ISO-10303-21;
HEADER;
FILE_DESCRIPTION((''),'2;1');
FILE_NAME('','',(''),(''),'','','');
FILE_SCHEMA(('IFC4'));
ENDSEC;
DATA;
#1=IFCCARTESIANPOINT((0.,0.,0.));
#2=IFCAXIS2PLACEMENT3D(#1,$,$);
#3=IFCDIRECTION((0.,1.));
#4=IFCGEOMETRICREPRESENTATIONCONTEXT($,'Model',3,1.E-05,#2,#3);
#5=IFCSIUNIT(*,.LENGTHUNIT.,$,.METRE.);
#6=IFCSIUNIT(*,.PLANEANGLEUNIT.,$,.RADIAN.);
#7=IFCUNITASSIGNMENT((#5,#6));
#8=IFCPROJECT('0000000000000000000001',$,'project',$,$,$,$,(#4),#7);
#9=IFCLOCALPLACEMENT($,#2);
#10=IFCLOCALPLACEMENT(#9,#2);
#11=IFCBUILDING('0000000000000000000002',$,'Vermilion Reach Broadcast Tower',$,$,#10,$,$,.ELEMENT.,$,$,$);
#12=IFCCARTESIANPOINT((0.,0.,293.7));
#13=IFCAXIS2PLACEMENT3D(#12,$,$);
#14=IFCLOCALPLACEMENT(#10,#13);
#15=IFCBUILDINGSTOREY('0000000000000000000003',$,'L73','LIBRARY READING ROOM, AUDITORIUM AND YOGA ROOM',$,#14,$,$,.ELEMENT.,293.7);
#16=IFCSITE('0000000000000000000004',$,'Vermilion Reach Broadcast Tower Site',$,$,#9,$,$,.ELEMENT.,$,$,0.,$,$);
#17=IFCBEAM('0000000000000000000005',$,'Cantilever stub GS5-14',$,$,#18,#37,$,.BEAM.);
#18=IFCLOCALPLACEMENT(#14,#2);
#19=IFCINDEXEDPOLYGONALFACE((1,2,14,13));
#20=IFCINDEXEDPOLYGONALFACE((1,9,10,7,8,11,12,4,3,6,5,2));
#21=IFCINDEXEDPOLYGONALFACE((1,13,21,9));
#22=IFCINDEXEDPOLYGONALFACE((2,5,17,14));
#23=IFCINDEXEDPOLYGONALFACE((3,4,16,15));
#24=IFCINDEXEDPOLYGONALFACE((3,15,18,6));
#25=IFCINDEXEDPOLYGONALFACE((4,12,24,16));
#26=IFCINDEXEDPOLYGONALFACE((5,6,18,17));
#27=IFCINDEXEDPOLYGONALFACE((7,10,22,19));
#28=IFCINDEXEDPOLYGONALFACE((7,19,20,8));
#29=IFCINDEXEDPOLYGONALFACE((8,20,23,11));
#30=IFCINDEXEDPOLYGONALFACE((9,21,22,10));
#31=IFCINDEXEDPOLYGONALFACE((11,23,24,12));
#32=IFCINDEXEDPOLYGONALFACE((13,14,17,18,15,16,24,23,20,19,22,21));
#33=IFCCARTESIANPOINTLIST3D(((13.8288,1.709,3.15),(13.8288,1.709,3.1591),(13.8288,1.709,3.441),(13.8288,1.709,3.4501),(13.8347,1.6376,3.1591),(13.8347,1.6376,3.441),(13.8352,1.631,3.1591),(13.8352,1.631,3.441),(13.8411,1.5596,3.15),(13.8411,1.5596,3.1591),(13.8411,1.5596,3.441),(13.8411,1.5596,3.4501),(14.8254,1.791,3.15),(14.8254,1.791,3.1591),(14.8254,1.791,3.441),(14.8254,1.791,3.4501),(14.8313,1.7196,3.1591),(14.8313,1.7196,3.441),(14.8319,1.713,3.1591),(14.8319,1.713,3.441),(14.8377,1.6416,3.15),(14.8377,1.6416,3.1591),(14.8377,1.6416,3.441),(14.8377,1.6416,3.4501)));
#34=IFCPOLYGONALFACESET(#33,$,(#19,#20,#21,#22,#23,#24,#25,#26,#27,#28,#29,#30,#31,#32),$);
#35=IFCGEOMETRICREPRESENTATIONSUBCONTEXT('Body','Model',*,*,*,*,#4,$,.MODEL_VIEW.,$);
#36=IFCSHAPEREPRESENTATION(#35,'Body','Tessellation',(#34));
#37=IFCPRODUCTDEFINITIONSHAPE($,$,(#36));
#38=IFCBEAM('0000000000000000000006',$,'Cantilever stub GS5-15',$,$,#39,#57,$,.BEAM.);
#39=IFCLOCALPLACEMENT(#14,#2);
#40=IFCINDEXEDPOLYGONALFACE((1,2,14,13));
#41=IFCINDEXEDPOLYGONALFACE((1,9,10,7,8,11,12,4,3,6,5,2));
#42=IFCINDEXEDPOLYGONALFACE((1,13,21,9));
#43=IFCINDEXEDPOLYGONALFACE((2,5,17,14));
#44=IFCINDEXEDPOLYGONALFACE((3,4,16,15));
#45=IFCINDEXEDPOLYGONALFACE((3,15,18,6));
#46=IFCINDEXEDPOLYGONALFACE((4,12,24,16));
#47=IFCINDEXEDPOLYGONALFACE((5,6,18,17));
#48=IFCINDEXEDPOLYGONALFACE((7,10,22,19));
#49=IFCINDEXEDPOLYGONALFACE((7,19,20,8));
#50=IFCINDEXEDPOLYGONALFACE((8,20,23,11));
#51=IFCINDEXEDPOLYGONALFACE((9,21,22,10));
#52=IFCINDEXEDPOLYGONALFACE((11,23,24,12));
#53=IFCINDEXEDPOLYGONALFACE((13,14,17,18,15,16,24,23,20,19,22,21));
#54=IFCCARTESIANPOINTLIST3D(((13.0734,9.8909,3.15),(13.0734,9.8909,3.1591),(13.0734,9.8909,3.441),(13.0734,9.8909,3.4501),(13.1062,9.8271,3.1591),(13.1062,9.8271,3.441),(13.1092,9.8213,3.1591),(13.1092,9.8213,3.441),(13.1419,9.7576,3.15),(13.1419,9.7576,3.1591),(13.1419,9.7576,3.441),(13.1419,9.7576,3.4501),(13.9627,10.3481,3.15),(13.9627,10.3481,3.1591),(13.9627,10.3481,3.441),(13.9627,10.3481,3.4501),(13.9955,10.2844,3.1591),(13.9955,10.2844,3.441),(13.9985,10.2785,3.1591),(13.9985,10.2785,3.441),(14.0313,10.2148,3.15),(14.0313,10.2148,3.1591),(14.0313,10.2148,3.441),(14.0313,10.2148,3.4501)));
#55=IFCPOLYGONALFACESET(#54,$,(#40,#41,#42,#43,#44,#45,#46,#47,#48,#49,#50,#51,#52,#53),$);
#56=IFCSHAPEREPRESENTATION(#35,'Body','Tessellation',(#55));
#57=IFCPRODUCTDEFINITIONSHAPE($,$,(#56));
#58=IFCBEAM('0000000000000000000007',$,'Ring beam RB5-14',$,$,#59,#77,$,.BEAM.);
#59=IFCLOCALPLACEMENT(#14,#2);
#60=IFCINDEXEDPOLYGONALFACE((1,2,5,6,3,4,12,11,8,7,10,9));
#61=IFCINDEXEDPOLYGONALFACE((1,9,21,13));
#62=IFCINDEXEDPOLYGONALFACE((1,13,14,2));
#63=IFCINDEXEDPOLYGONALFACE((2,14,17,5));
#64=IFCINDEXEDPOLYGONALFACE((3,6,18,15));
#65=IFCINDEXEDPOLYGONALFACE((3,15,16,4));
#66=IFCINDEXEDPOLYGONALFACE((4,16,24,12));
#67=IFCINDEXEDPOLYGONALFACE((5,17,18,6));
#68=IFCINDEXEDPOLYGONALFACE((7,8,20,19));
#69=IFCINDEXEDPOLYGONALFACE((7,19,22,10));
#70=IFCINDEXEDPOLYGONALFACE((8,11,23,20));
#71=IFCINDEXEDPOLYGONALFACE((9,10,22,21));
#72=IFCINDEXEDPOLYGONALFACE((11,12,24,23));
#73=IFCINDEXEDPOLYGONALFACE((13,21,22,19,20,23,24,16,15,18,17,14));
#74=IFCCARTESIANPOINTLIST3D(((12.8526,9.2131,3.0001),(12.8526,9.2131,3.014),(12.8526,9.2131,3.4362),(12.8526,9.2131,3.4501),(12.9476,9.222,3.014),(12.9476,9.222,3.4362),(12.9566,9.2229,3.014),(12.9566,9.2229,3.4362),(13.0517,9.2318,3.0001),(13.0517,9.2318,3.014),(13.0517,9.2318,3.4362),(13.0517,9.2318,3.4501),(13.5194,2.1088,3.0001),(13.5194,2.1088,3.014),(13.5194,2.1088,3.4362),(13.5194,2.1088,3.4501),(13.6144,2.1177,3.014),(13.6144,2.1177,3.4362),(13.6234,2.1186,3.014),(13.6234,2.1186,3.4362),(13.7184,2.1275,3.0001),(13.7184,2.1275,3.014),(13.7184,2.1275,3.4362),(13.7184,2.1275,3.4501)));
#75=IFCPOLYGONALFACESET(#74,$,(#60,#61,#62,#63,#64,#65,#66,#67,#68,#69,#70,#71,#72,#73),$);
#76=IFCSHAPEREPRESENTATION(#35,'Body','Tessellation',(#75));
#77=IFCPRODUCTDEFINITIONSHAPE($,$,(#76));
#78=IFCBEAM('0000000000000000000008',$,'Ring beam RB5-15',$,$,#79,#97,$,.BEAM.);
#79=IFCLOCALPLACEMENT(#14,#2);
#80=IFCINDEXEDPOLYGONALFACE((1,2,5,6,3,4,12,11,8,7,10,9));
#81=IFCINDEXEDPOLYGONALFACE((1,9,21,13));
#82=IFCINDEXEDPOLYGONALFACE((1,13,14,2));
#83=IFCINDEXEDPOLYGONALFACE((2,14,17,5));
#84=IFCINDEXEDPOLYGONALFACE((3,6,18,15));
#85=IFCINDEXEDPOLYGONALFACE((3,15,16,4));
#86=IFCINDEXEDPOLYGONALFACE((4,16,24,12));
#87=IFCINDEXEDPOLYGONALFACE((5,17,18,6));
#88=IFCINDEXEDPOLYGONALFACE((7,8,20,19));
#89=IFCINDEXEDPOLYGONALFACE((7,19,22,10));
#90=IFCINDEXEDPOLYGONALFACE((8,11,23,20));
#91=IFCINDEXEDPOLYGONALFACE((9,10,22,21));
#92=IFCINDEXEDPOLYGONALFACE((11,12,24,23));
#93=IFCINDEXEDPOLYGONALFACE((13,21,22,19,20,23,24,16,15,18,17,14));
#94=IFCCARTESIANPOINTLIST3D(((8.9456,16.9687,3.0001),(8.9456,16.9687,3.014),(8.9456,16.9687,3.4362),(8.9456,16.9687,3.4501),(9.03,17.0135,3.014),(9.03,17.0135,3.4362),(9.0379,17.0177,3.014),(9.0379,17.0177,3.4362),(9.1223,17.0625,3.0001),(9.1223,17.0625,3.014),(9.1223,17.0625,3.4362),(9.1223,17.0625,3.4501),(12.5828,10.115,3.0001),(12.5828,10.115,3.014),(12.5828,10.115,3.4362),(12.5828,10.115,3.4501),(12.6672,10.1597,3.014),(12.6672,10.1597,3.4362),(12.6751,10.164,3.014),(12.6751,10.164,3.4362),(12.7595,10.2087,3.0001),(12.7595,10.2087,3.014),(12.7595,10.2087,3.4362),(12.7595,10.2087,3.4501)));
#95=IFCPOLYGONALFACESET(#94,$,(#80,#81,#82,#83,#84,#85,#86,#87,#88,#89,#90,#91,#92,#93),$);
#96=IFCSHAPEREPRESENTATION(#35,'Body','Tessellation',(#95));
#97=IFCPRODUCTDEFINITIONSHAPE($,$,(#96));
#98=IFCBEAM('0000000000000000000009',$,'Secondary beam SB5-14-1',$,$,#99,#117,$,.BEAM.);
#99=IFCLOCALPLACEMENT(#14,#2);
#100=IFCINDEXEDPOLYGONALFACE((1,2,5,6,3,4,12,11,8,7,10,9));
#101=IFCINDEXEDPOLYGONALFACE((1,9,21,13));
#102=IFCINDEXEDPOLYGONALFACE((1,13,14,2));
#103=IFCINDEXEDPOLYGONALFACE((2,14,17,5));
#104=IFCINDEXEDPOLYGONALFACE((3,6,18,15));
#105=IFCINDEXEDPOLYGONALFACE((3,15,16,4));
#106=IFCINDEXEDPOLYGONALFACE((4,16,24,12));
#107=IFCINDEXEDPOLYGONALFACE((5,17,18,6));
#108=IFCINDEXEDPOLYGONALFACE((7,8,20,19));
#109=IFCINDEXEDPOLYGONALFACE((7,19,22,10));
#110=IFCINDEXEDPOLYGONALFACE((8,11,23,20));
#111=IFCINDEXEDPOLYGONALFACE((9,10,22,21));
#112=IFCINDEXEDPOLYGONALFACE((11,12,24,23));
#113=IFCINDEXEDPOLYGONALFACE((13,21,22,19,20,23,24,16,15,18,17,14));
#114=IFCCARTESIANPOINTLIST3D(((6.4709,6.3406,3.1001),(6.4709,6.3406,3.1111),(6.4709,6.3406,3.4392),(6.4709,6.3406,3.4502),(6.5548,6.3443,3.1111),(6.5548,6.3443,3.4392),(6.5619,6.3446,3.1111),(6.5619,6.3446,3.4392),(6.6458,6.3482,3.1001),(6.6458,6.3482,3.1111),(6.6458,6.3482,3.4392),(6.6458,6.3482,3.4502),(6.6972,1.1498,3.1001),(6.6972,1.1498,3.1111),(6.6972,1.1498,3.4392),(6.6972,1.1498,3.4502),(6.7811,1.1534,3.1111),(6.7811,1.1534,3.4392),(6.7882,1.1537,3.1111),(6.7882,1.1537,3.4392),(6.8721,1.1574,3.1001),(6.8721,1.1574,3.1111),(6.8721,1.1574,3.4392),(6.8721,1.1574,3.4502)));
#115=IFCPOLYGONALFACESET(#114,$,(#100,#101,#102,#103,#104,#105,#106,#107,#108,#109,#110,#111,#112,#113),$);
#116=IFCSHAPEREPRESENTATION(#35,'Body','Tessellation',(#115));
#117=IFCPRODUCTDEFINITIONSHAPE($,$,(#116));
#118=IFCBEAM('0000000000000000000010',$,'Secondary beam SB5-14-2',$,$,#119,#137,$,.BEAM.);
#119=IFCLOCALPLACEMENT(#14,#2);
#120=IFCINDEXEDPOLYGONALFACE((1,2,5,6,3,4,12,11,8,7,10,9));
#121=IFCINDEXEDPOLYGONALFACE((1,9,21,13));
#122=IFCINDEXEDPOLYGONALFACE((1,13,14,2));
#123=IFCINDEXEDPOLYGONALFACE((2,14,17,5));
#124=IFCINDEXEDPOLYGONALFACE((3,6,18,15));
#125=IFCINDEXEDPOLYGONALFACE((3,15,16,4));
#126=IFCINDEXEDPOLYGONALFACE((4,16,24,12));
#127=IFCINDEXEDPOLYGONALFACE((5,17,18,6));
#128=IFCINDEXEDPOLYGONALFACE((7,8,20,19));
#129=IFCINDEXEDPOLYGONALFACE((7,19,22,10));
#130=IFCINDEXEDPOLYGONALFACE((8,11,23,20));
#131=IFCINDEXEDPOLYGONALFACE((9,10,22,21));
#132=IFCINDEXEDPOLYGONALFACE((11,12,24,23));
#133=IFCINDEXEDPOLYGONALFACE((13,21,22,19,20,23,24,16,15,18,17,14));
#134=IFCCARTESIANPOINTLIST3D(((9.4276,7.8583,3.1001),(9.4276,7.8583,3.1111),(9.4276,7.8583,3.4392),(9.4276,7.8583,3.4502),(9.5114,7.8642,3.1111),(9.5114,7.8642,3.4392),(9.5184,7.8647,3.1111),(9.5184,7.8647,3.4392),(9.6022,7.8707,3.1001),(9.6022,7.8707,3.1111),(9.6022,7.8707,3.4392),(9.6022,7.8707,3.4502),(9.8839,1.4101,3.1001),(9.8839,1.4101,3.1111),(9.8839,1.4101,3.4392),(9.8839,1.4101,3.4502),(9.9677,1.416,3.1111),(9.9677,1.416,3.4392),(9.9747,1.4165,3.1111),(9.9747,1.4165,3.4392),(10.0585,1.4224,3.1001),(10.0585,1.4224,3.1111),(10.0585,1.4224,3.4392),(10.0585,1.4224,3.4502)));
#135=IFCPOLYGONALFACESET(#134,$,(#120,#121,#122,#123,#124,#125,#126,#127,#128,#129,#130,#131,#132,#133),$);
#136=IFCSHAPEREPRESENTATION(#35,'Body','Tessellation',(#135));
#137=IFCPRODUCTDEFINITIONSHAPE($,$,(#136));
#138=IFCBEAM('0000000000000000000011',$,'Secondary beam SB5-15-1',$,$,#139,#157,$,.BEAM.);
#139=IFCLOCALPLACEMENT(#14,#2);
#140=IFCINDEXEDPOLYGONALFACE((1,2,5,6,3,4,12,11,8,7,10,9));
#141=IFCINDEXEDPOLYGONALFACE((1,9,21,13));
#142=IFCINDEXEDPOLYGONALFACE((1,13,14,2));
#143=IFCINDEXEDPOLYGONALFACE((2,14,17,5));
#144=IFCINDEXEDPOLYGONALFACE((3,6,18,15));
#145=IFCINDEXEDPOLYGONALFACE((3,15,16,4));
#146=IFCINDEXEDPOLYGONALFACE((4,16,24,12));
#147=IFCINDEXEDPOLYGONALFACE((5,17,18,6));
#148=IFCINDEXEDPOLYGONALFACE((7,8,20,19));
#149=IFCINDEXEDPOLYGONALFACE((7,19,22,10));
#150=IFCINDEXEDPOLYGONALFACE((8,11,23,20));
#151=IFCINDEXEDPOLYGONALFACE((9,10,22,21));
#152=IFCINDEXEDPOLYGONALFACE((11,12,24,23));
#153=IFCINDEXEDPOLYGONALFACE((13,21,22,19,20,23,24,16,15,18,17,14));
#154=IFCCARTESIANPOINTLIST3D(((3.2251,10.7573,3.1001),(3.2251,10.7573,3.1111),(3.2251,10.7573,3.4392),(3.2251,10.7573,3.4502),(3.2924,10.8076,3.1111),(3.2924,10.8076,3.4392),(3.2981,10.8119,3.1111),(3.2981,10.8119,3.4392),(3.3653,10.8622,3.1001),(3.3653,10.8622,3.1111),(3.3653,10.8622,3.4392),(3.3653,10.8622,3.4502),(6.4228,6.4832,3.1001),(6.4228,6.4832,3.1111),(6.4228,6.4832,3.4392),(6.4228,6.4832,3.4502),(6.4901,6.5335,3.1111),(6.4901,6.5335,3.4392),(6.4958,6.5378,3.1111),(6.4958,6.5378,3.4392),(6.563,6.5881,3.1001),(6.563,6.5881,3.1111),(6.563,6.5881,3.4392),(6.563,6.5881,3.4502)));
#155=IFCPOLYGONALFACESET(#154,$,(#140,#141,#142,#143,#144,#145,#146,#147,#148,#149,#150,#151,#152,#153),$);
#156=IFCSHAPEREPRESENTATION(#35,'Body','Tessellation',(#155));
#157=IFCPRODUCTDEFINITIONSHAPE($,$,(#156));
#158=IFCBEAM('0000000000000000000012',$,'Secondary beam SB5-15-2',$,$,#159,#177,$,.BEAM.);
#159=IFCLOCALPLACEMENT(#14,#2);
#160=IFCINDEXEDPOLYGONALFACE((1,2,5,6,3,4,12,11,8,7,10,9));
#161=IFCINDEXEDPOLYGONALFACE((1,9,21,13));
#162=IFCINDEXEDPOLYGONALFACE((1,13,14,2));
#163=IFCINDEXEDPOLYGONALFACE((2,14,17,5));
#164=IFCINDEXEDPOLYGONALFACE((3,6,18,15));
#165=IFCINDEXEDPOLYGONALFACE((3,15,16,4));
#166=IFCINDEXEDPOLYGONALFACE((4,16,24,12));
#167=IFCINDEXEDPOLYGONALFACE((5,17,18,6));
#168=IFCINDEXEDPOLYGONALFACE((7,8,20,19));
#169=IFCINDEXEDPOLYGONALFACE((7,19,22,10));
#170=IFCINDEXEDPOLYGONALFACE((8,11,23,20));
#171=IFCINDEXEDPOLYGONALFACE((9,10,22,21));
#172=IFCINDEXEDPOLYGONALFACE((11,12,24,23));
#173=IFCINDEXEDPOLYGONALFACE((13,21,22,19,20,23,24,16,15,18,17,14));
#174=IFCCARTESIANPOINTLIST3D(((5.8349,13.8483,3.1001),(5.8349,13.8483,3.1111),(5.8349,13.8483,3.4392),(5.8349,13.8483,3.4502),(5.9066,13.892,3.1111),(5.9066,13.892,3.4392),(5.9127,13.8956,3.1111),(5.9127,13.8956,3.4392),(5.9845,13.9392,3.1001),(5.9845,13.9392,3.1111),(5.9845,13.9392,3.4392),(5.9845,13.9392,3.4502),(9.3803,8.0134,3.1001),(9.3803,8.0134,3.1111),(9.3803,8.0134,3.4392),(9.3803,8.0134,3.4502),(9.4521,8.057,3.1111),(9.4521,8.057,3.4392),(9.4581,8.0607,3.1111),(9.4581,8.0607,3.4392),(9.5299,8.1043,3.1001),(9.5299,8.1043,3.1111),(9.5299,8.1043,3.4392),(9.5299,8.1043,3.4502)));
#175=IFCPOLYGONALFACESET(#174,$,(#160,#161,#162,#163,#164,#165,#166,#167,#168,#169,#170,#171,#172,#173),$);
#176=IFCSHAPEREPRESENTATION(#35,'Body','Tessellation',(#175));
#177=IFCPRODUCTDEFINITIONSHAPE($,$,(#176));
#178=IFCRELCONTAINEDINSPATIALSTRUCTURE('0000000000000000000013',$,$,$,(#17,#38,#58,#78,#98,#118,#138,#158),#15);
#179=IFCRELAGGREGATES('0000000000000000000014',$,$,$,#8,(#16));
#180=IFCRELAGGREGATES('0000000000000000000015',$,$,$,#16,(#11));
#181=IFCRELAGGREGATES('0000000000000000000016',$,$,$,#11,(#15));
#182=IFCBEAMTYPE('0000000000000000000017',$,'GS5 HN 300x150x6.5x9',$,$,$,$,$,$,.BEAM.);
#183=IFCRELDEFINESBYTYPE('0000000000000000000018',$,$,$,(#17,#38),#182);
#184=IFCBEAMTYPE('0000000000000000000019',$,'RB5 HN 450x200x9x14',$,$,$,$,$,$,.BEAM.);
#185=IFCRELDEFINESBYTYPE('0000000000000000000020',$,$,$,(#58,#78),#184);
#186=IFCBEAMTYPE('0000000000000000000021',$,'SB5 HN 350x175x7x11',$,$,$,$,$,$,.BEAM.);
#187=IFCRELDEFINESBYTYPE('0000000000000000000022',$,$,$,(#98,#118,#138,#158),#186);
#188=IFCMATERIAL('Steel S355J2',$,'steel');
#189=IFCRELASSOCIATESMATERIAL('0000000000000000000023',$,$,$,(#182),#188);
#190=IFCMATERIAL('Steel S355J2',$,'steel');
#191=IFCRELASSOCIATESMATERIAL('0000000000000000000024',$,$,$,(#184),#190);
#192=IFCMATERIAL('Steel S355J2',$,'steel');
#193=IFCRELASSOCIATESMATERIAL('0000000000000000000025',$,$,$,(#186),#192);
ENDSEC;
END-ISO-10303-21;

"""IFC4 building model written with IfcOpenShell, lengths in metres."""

from ifc_helpers import new_model, si_unit, direction, frame, origin, origin_2d, place, context, subcontext, project, spatial, i_section, extrude, material, material_profile, profile_set, type_object, element, save


model = new_model("IFC4")

# Units and contexts
model_context = context("Model", 3, precision=1e-05, world=origin(), true_north=direction((0.0, 1.0)))
body_context = subcontext(model_context, "Body", "Model", "MODEL_VIEW")
ifc_project = project(units=[si_unit("LENGTHUNIT", "METRE"), si_unit("PLANEANGLEUNIT", "RADIAN")], contexts=[model_context])

# Site, building, storey
site_placement = place(None, origin())
site = spatial("IfcSite", under=ifc_project, at=site_placement, Name="Vermilion Reach Broadcast Tower Site", CompositionType="ELEMENT", RefElevation=0.0)
building_placement = place(site_placement, origin())
building = spatial("IfcBuilding", under=site, at=building_placement, Name="Vermilion Reach Broadcast Tower", CompositionType="ELEMENT")
storey_placement = place(building_placement, frame((0.0, 0.0, 293.7)))
storey = spatial("IfcBuildingStorey", under=building, at=storey_placement, Name="L73", Description="LIBRARY READING ROOM, AUDITORIUM AND YOGA ROOM", CompositionType="ELEMENT", Elevation=293.7)

# Beams
ifc_material_1 = material(Name="Steel S355J2", Category="steel")
ifc_material_profile_1 = material_profile(ifc_material_1, i_section(OverallWidth=0.1499, OverallDepth=0.3, WebThickness=0.0066, FlangeThickness=0.009, at=origin_2d()), Name="S355J2 HN 300x150x6.5x9")
ifc_profile_set_1 = profile_set([ifc_material_profile_1], Name="Steel S355J2")
beam_type_1 = type_object("IfcBeamType", Name="GS5 HN 300x150x6.5x9", PredefinedType="BEAM", material=ifc_profile_set_1)
for number, where, z_axis, x_axis, name in (
    (1, (13.835, 1.6343, 3.3), (0.996629, 0.082035, 0.0), (-0.082035, 0.996629, 0.0), "Cantilever stub GS5-14"),
    (2, (13.1077, 9.8242, 3.3), (0.889342, 0.457243, 0.0), (-0.457243, 0.889342, 0.0), "Cantilever stub GS5-15"),
):
    element("IfcBeam", number, at=place(storey_placement, frame(where, z_axis=z_axis, x_axis=x_axis)), inside=storey, type_object=beam_type_1, Name=name, PredefinedType="BEAM", context=body_context, shape_type="SweptSolid", body=[
        extrude(i_section(OverallWidth=0.1499, OverallDepth=0.3, WebThickness=0.0066, FlangeThickness=0.009, at=origin_2d()), origin(), (0.0, 0.0, 1.0), 1.0),
    ])
ifc_material_2 = material(Name="Steel S355J2", Category="steel")
ifc_material_profile_2 = material_profile(ifc_material_2, i_section(OverallWidth=0.2, OverallDepth=0.45, WebThickness=0.009, FlangeThickness=0.0139, at=origin_2d()), Name="S355J2 HN 450x200x9x14")
ifc_profile_set_2 = profile_set([ifc_material_profile_2], Name="Steel S355J2")
beam_type_2 = type_object("IfcBeamType", Name="RB5 HN 450x200x9x14", PredefinedType="BEAM", material=ifc_profile_set_2)
beam_1_placement = place(storey_placement, frame((13.6189, 2.1182, 3.2251), z_axis=(-0.093441, 0.995625, 0.0), x_axis=(-0.995625, -0.093441, 0.0)))
element("IfcBeam", 3, at=beam_1_placement, inside=storey, type_object=beam_type_2, Name="Ring beam RB5-14", PredefinedType="BEAM", context=body_context, shape_type="SweptSolid", body=[
    extrude(i_section(OverallWidth=0.2, OverallDepth=0.45, WebThickness=0.009, FlangeThickness=0.0139, at=origin_2d()), origin(), (0.0, 0.0, 1.0), 7.1355),
])
beam_2_placement = place(storey_placement, frame((12.6711, 10.1619, 3.2251), z_axis=(-0.468768, 0.883321, 0.0), x_axis=(-0.883321, -0.468768, 0.0)))
element("IfcBeam", 4, at=beam_2_placement, inside=storey, type_object=beam_type_2, Name="Ring beam RB5-15", PredefinedType="BEAM", context=body_context, shape_type="SweptSolid", body=[
    extrude(i_section(OverallWidth=0.2, OverallDepth=0.45, WebThickness=0.009, FlangeThickness=0.0139, at=origin_2d()), origin(), (0.0, 0.0, 1.0), 7.759),
])
ifc_material_3 = material(Name="Steel S355J2", Category="steel")
ifc_material_profile_3 = material_profile(ifc_material_3, i_section(OverallWidth=0.175, OverallDepth=0.3501, WebThickness=0.0071, FlangeThickness=0.011, at=origin_2d()), Name="S355J2 HN 350x175x7x11")
ifc_profile_set_3 = profile_set([ifc_material_profile_3], Name="Steel S355J2")
beam_type_3 = type_object("IfcBeamType", Name="SB5 HN 350x175x7x11", PredefinedType="BEAM", material=ifc_profile_set_3)
beam_3_placement = place(storey_placement, frame((6.7847, 1.1536, 3.2751), z_axis=(-0.043558, 0.999051, 0.0), x_axis=(-0.999051, -0.043558, 0.0)))
element("IfcBeam", 5, at=beam_3_placement, inside=storey, type_object=beam_type_3, Name="Secondary beam SB5-14-1", PredefinedType="BEAM", context=body_context, shape_type="SweptSolid", body=[
    extrude(i_section(OverallWidth=0.175, OverallDepth=0.3501, WebThickness=0.0071, FlangeThickness=0.011, at=origin_2d()), origin(), (0.0, 0.0, 1.0), 5.1958),
])
beam_4_placement = place(storey_placement, frame((9.9712, 1.4163, 3.2751), z_axis=(-0.070587, 0.997506, 0.0), x_axis=(-0.997506, -0.070587, 0.0)))
element("IfcBeam", 6, at=beam_4_placement, inside=storey, type_object=beam_type_3, Name="Secondary beam SB5-14-2", PredefinedType="BEAM", context=body_context, shape_type="SweptSolid", body=[
    extrude(i_section(OverallWidth=0.175, OverallDepth=0.3501, WebThickness=0.0071, FlangeThickness=0.011, at=origin_2d()), origin(), (0.0, 0.0, 1.0), 6.4644),
])
beam_5_placement = place(storey_placement, frame((6.4929, 6.5356, 3.2751), z_axis=(-0.599056, 0.800707, 0.0), x_axis=(-0.800707, -0.599056, 0.0)))
element("IfcBeam", 7, at=beam_5_placement, inside=storey, type_object=beam_type_3, Name="Secondary beam SB5-15-1", PredefinedType="BEAM", context=body_context, shape_type="SweptSolid", body=[
    extrude(i_section(OverallWidth=0.175, OverallDepth=0.3501, WebThickness=0.0071, FlangeThickness=0.011, at=origin_2d()), origin(), (0.0, 0.0, 1.0), 5.3379),
])
beam_6_placement = place(storey_placement, frame((9.4551, 8.0588, 3.2751), z_axis=(-0.519273, 0.854608, 0.0), x_axis=(-0.854608, -0.519273, 0.0)))
element("IfcBeam", 8, at=beam_6_placement, inside=storey, type_object=beam_type_3, Name="Secondary beam SB5-15-2", PredefinedType="BEAM", context=body_context, shape_type="SweptSolid", body=[
    extrude(i_section(OverallWidth=0.175, OverallDepth=0.3501, WebThickness=0.0071, FlangeThickness=0.011, at=origin_2d()), origin(), (0.0, 0.0, 1.0), 6.8276),
])

save(model, "model.ifc")
